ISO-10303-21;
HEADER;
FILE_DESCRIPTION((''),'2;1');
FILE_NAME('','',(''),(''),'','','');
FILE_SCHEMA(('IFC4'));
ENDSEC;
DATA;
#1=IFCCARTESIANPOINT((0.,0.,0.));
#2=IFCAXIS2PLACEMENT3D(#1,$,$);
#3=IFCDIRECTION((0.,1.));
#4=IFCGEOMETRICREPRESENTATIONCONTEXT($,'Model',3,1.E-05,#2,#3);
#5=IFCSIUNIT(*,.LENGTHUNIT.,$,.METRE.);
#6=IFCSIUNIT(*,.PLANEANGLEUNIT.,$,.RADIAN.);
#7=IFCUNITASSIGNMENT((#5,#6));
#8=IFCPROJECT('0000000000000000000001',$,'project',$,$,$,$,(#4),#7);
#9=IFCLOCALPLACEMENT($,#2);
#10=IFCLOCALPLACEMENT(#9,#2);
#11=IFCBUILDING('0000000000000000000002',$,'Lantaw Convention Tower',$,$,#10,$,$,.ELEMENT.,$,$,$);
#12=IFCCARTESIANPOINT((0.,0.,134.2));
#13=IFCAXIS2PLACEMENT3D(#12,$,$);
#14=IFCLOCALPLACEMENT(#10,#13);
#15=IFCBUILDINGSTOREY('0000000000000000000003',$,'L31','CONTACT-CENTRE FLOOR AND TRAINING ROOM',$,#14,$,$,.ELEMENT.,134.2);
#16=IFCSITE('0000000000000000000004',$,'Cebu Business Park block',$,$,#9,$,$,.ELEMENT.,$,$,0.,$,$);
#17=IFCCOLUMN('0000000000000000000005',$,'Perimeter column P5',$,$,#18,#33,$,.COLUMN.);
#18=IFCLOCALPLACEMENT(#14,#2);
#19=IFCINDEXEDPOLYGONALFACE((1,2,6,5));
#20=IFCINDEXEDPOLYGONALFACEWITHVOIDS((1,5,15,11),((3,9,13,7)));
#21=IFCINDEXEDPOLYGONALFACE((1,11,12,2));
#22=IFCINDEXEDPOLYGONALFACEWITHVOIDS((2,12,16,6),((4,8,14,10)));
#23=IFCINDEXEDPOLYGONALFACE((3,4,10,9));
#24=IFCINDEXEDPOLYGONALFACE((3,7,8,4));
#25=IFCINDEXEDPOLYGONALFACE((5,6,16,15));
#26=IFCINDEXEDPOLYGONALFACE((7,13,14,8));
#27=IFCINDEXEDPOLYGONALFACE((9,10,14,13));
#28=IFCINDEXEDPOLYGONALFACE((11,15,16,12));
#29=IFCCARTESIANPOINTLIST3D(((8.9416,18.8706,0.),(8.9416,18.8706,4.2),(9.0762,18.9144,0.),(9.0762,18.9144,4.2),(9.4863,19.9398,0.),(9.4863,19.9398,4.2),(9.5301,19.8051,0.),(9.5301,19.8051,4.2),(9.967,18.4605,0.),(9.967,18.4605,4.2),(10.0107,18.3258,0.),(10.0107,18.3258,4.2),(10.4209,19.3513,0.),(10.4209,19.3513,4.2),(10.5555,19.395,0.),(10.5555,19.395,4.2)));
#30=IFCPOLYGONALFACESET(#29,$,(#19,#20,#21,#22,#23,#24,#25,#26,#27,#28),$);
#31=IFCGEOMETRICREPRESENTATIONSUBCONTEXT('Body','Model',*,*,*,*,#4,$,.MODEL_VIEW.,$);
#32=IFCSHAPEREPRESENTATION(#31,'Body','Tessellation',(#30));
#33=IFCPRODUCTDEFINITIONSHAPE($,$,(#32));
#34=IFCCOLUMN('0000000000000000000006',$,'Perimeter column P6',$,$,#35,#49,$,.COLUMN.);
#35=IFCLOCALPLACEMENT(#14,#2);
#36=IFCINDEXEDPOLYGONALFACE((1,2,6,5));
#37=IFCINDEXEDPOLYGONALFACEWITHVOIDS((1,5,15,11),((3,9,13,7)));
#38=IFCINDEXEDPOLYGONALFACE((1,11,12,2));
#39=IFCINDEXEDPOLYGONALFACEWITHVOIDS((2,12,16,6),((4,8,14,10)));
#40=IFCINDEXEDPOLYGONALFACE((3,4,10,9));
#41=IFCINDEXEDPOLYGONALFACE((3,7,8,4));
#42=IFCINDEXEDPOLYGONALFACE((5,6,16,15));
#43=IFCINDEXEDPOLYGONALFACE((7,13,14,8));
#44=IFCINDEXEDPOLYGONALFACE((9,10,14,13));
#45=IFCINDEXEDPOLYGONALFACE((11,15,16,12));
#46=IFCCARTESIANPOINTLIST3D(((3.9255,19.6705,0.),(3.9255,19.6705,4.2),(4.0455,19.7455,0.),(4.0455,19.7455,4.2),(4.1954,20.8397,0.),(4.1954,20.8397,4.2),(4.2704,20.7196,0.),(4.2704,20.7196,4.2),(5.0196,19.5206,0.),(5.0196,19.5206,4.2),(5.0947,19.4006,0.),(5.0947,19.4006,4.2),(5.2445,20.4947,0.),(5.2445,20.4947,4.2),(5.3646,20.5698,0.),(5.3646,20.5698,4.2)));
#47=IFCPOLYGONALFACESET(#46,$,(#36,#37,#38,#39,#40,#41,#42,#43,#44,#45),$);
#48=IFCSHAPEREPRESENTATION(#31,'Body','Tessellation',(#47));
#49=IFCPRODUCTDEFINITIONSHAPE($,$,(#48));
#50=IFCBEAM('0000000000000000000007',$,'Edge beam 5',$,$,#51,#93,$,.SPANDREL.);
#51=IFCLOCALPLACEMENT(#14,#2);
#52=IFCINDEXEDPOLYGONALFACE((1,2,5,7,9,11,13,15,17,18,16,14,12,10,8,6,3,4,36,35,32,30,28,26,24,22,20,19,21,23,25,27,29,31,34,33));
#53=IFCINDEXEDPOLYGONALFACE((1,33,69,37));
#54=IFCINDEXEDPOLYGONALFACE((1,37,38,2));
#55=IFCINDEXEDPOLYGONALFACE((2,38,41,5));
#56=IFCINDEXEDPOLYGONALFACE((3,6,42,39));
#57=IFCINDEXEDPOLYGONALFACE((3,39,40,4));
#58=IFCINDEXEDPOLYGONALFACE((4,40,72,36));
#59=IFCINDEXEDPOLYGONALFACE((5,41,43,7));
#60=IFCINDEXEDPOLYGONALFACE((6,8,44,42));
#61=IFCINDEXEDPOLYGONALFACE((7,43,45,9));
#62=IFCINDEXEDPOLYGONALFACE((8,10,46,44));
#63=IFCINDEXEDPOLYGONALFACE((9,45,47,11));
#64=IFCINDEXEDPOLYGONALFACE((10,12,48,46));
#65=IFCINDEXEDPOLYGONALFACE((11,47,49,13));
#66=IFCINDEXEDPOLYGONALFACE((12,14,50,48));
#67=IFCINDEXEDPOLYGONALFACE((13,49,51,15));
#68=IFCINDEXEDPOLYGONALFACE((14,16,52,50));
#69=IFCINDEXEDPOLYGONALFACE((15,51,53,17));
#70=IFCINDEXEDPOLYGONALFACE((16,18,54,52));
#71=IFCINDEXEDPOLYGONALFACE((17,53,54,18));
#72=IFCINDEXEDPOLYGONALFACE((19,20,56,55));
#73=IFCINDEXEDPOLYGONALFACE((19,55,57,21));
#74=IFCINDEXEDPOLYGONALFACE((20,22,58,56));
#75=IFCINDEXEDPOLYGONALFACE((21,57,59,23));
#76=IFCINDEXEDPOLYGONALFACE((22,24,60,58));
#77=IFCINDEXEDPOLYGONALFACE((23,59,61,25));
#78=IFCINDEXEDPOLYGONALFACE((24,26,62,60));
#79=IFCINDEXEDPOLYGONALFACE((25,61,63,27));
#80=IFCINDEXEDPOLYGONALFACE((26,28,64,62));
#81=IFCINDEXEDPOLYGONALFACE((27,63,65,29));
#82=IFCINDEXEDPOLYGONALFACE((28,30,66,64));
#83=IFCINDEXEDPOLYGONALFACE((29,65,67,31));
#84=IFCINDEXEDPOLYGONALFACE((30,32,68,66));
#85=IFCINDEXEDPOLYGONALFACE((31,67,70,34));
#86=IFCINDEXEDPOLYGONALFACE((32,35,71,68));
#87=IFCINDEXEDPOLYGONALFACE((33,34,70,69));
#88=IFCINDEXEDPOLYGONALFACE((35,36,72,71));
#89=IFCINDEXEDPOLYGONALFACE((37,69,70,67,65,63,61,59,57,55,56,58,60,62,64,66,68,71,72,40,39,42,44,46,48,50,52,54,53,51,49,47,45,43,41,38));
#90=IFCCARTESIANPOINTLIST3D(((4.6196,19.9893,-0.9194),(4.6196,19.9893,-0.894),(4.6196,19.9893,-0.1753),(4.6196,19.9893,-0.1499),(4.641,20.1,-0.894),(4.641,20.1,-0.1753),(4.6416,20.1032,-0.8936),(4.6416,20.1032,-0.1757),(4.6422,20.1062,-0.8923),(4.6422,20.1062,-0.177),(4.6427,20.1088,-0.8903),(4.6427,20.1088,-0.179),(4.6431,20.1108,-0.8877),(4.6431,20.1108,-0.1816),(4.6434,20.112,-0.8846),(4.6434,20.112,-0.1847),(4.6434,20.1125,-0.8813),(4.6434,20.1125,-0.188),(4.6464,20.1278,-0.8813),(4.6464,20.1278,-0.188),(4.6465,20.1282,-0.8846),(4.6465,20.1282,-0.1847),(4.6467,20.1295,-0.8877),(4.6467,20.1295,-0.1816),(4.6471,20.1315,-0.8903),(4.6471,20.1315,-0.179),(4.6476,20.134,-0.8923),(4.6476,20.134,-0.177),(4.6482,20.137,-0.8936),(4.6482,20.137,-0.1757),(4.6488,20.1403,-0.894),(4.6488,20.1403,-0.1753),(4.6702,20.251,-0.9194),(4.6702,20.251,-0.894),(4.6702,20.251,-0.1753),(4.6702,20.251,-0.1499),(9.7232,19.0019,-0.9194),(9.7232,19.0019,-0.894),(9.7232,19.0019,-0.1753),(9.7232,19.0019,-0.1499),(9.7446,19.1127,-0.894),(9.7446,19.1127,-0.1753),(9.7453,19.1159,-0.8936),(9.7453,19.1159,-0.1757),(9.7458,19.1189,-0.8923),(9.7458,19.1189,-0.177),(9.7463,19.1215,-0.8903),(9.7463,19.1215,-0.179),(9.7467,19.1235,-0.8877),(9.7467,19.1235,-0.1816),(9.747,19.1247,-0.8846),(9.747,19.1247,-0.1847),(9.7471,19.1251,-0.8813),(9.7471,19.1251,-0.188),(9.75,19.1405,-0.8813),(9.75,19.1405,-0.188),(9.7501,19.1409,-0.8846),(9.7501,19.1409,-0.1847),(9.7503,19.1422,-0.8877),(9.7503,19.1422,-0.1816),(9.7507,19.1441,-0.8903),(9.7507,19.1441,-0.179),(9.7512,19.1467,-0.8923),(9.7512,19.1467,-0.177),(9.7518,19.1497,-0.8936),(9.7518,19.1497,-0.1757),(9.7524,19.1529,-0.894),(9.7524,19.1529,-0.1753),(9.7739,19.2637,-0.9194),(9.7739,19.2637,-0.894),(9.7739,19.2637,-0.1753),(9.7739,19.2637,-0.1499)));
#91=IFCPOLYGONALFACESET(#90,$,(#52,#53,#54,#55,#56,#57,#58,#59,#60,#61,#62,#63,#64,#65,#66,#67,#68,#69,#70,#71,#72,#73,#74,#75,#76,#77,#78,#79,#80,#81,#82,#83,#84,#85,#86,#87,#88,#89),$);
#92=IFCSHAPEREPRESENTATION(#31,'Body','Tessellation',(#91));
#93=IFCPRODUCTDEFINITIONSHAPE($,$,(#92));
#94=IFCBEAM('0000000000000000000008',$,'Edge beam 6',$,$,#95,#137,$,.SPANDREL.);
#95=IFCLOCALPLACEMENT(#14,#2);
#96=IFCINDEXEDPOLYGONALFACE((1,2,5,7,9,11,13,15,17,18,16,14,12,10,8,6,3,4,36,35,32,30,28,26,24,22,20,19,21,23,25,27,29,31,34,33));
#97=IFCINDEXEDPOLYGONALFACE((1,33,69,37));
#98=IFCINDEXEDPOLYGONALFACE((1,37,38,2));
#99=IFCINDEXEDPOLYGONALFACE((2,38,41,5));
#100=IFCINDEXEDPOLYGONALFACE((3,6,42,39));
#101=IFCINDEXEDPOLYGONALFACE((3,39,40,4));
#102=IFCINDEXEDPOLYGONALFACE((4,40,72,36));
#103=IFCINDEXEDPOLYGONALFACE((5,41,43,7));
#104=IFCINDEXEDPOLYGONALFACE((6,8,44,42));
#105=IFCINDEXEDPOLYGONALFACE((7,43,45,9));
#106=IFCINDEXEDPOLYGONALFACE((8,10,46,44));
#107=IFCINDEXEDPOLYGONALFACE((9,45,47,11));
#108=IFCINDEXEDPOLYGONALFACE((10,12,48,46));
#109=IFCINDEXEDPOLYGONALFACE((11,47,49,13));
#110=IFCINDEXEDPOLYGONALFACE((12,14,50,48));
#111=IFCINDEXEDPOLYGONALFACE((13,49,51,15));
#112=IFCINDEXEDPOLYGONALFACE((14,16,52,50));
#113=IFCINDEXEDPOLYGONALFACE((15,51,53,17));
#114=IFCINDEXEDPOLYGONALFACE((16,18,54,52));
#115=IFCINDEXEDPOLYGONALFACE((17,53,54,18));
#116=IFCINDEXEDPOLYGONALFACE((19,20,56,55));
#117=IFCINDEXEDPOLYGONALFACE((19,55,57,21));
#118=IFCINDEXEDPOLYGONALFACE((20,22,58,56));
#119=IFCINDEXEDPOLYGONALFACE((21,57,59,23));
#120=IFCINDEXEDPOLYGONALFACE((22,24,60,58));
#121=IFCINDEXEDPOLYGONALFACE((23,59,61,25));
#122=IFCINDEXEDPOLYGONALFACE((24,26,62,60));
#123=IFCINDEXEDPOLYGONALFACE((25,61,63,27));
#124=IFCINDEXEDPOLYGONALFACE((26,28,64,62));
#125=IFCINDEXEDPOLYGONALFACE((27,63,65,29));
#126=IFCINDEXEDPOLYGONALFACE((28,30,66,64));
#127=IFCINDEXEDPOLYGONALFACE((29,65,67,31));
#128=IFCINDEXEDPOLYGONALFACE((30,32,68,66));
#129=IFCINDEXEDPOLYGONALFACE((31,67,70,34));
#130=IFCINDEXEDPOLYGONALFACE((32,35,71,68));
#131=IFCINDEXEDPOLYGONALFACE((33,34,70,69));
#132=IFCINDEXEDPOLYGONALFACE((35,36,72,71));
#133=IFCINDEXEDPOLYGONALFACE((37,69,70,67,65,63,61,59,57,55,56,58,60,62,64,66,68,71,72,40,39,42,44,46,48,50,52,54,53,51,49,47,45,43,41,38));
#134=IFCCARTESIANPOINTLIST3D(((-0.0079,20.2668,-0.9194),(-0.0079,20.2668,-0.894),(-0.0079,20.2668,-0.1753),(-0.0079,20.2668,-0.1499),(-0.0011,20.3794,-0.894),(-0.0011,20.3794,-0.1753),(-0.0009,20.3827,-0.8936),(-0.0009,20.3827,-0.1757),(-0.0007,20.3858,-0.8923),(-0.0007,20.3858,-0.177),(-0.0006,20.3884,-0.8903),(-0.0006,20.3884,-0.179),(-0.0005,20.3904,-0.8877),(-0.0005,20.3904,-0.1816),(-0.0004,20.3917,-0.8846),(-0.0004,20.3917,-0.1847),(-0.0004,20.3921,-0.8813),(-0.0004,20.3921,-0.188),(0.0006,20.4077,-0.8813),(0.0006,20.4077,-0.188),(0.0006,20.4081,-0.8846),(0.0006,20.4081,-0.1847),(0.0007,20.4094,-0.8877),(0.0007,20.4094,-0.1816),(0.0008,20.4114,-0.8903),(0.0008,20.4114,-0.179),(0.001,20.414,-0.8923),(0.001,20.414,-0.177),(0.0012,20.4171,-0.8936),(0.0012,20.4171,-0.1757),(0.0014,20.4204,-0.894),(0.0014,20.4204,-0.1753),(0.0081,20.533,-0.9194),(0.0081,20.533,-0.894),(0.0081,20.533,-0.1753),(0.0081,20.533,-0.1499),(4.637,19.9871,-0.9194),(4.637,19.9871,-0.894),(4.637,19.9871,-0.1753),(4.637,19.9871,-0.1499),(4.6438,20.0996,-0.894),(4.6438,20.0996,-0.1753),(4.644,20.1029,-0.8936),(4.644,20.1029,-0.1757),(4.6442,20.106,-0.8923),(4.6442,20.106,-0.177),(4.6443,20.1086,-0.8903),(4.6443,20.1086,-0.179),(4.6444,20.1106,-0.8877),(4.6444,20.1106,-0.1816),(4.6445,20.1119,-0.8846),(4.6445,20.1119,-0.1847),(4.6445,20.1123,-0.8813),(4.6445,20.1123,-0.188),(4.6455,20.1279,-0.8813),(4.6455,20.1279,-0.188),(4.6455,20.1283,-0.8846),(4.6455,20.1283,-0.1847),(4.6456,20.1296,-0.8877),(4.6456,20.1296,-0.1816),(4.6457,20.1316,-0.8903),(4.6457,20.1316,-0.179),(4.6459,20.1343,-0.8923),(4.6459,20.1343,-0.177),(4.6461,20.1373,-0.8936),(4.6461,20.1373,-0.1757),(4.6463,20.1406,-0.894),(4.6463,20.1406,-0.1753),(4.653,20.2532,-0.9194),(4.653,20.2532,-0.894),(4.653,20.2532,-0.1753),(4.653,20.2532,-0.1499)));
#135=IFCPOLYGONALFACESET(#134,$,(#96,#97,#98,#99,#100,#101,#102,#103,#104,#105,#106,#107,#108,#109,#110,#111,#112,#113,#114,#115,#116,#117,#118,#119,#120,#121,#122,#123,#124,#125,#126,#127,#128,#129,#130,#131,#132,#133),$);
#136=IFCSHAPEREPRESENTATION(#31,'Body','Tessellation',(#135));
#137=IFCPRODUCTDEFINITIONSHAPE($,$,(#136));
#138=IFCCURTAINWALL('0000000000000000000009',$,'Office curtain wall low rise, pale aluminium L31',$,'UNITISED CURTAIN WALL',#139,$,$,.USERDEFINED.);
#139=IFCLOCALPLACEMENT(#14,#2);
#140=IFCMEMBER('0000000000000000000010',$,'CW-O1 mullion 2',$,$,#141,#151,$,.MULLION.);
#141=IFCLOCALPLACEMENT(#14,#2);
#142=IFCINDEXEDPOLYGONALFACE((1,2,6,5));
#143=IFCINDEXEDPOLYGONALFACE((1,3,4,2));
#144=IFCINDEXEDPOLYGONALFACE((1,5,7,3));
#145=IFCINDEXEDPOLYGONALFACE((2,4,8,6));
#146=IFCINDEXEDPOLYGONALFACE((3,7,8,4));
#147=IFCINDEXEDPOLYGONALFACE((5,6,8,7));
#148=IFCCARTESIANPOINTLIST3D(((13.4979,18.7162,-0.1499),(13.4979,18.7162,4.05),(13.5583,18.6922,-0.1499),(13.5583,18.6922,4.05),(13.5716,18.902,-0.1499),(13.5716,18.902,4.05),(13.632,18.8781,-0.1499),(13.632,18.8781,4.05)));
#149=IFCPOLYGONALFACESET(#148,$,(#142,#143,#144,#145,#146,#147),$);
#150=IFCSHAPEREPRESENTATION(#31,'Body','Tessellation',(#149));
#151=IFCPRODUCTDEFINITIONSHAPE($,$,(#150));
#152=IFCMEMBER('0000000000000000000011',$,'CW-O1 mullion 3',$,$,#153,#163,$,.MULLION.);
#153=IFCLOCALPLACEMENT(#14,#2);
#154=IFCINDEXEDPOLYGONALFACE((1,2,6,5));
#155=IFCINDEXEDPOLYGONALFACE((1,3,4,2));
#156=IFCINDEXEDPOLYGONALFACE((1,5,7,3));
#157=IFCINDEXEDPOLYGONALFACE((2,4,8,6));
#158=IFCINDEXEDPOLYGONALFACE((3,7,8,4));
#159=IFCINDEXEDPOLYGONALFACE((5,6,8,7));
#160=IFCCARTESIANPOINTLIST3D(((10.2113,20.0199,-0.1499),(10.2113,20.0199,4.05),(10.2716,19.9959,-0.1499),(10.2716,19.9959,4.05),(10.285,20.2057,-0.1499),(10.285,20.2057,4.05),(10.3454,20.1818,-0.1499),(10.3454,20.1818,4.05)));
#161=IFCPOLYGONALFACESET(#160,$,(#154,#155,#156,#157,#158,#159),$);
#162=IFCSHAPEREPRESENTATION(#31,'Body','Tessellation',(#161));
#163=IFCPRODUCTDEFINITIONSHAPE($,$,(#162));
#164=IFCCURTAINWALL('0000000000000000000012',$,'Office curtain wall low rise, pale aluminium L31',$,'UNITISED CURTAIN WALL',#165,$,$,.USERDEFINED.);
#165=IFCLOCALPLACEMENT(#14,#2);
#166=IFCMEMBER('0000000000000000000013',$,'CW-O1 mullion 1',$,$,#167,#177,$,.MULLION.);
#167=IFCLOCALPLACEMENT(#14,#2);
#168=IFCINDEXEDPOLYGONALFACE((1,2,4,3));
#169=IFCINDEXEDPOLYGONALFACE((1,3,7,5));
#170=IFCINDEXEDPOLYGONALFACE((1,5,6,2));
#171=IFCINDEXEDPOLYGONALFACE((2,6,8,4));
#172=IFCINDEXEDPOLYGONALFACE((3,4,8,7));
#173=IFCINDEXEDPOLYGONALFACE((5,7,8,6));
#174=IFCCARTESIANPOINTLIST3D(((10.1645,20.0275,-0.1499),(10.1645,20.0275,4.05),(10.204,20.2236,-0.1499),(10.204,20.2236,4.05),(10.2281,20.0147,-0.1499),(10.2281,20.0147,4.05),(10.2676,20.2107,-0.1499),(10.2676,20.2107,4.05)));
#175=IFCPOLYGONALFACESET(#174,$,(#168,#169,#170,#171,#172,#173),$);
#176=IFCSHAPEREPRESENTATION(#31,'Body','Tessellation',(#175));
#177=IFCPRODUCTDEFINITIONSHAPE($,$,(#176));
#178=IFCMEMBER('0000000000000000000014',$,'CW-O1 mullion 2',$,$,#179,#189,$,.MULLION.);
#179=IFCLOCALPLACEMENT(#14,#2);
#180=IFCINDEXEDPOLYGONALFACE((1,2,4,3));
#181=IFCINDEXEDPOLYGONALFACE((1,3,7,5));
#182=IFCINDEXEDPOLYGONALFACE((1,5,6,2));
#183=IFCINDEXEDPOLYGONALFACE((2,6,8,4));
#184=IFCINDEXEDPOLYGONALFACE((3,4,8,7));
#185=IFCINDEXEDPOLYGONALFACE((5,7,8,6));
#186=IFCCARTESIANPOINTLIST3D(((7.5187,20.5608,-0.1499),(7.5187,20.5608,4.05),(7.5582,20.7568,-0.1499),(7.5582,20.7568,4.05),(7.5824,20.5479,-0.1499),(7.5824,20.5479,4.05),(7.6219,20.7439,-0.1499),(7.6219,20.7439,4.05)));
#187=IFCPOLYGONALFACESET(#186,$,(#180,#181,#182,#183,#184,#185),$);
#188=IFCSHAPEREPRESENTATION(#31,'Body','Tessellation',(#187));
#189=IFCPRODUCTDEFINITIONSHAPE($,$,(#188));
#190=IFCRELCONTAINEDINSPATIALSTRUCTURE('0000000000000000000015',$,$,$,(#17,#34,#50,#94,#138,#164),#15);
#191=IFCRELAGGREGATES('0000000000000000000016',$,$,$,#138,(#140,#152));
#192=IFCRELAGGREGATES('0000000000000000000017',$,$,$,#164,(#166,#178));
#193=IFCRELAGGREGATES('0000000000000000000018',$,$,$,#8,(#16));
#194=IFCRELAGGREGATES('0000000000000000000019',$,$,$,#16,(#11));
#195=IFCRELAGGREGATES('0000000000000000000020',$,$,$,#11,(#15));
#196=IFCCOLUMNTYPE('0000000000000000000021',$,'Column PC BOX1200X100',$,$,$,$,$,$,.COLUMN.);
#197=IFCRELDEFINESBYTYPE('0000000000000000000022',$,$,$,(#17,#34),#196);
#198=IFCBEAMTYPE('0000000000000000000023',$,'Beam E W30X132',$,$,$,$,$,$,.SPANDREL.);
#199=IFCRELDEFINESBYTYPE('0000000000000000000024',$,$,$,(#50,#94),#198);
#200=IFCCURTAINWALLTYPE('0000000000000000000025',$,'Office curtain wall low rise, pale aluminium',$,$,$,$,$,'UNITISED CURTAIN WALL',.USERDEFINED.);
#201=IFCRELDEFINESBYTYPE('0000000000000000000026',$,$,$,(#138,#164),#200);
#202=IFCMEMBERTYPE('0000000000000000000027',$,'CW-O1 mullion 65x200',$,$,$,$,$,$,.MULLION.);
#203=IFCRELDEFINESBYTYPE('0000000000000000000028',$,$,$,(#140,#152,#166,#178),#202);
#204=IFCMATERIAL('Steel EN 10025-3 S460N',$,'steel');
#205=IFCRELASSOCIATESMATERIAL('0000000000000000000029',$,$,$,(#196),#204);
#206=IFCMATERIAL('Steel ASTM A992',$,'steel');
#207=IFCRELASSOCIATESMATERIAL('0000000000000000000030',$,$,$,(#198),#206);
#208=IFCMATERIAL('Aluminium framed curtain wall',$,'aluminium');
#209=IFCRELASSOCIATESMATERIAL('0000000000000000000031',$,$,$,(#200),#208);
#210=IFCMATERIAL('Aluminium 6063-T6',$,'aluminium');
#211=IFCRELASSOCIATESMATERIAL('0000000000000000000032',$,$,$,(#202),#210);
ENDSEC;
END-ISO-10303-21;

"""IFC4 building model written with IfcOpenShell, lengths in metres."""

from ifc_helpers import new_model, si_unit, direction, frame, origin, origin_2d, place, context, subcontext, project, spatial, rectangle, hollow_rectangle, i_section, extrude, material, material_profile, profile_set, type_object, element, aggregate, save


model = new_model("IFC4")

# Units and contexts
model_context = context("Model", 3, precision=1e-05, world=origin(), true_north=direction((0.0, 1.0)))
body_context = subcontext(model_context, "Body", "Model", "MODEL_VIEW")
ifc_project = project(units=[si_unit("LENGTHUNIT", "METRE"), si_unit("PLANEANGLEUNIT", "RADIAN")], contexts=[model_context])

# Site, building, storey
site_placement = place(None, origin())
site = spatial("IfcSite", under=ifc_project, at=site_placement, Name="Cebu Business Park block", CompositionType="ELEMENT", RefElevation=0.0)
building_placement = place(site_placement, origin())
building = spatial("IfcBuilding", under=site, at=building_placement, Name="Lantaw Convention Tower", CompositionType="ELEMENT")
storey_placement = place(building_placement, frame((0.0, 0.0, 134.2)))
storey = spatial("IfcBuildingStorey", under=building, at=storey_placement, Name="L31", Description="CONTACT-CENTRE FLOOR AND TRAINING ROOM", CompositionType="ELEMENT", Elevation=134.2)

# Columns
ifc_material_1 = material(Name="Steel EN 10025-3 S460N", Category="steel")
ifc_material_profile_1 = material_profile(ifc_material_1, hollow_rectangle(XDim=1.2, YDim=1.2, WallThickness=0.1001, at=origin_2d()), Name="BOX1200X100")
ifc_material_2 = material(Name="Concrete C60/75", Category="concrete")
ifc_material_profile_2 = material_profile(ifc_material_2, rectangle(XDim=1.0, YDim=1.0, at=origin_2d()), Name="Concrete fill of BOX1200X100")
ifc_profile_set_1 = profile_set([ifc_material_profile_1, ifc_material_profile_2], Name="Steel EN 10025-3 S460N")
column_type = type_object("IfcColumnType", Name="Column PC BOX1200X100", PredefinedType="COLUMN", material=ifc_profile_set_1)
for number, where, z_axis, x_axis, name in (
    (1, (9.7485, 19.1328, 0.0), (0.0, 0.0, 1.0), (0.45399, 0.891007, 0.0), "Perimeter column P5"),
    (2, (4.645, 20.1201, 0.0), (0.0, 0.0, 1.0), (0.224951, 0.97437, 0.0), "Perimeter column P6"),
):
    element("IfcColumn", number, at=place(storey_placement, frame(where, z_axis=z_axis, x_axis=x_axis)), inside=storey, type_object=column_type, Name=name, PredefinedType="COLUMN", context=body_context, shape_type="SweptSolid", body=[
        extrude(hollow_rectangle(XDim=1.2, YDim=1.2, WallThickness=0.1001, at=origin_2d()), origin(), (0.0, 0.0, 1.0), 4.2),
    ])

# Beams
ifc_material_3 = material(Name="Steel ASTM A992", Category="steel")
ifc_material_profile_3 = material_profile(ifc_material_3, i_section(OverallWidth=0.2666, OverallDepth=0.7695, WebThickness=0.0156, FlangeThickness=0.0254, FilletRadius=0.0127, at=origin_2d()), Name="W30X132")
ifc_profile_set_2 = profile_set([ifc_material_profile_3], Name="Steel ASTM A992")
beam_type = type_object("IfcBeamType", Name="Beam E W30X132", PredefinedType="SPANDREL", material=ifc_profile_set_2)
beam_1_placement = place(storey_placement, frame((9.7485, 19.1328, -0.5347), z_axis=(-0.981797, 0.189934, 0.0), x_axis=(-0.189934, -0.981797, 0.0)))
element("IfcBeam", 3, at=beam_1_placement, inside=storey, type_object=beam_type, Name="Edge beam 5", PredefinedType="SPANDREL", context=body_context, shape_type="SweptSolid", body=[
    extrude(i_section(OverallWidth=0.2666, OverallDepth=0.7695, WebThickness=0.0156, FlangeThickness=0.0254, FilletRadius=0.0127, at=origin_2d()), origin(), (0.0, 0.0, 1.0), 5.1982),
])
beam_2_placement = place(storey_placement, frame((4.645, 20.1201, -0.5347), z_axis=(-0.998191, 0.060124, 0.0), x_axis=(-0.060124, -0.998191, 0.0)))
element("IfcBeam", 4, at=beam_2_placement, inside=storey, type_object=beam_type, Name="Edge beam 6", PredefinedType="SPANDREL", context=body_context, shape_type="SweptSolid", body=[
    extrude(i_section(OverallWidth=0.2666, OverallDepth=0.7695, WebThickness=0.0156, FlangeThickness=0.0254, FilletRadius=0.0127, at=origin_2d()), origin(), (0.0, 0.0, 1.0), 4.6533),
])

# Curtain walls, members
ifc_material_4 = material(Name="Aluminium framed curtain wall", Category="aluminium")
curtain_wall_type = type_object("IfcCurtainWallType", Name="Office curtain wall low rise, pale aluminium", ElementType="UNITISED CURTAIN WALL", PredefinedType="USERDEFINED", material=ifc_material_4)
curtain_wall_1_placement = place(storey_placement, origin())
curtain_wall_1 = element("IfcCurtainWall", 5, at=curtain_wall_1_placement, inside=storey, type_object=curtain_wall_type, Name="Office curtain wall low rise, pale aluminium L31", ObjectType="UNITISED CURTAIN WALL", PredefinedType="USERDEFINED")
ifc_material_5 = material(Name="Aluminium 6063-T6", Category="aluminium")
ifc_material_profile_4 = material_profile(ifc_material_5, rectangle(XDim=0.2, YDim=0.0649, at=origin_2d()), Name="CW-O1 mullion 65x200")
ifc_profile_set_3 = profile_set([ifc_material_profile_4], Name="Aluminium 6063-T6")
member_type_1 = type_object("IfcMemberType", Name="CW-O1 mullion 65x200", PredefinedType="MULLION", material=ifc_profile_set_3)
member_1_placement = place(storey_placement, frame((13.5649, 18.7971, -0.1499), z_axis=(0.0, 0.0, 1.0), x_axis=(-0.368702, -0.929548, 0.0)))
member_1 = element("IfcMember", 6, at=member_1_placement, type_object=member_type_1, Name="CW-O1 mullion 2", PredefinedType="MULLION", context=body_context, shape_type="SweptSolid", body=[
    extrude(rectangle(XDim=0.2, YDim=0.0649, at=origin_2d()), origin(), (0.0, 0.0, 1.0), 4.2),
])
member_2_placement = place(storey_placement, frame((10.2783, 20.1008, -0.1499), z_axis=(0.0, 0.0, 1.0), x_axis=(-0.368702, -0.929548, 0.0)))
member_2 = element("IfcMember", 7, at=member_2_placement, type_object=member_type_1, Name="CW-O1 mullion 3", PredefinedType="MULLION", context=body_context, shape_type="SweptSolid", body=[
    extrude(rectangle(XDim=0.2, YDim=0.0649, at=origin_2d()), origin(), (0.0, 0.0, 1.0), 4.2),
])
curtain_wall_2_placement = place(storey_placement, origin())
curtain_wall_2 = element("IfcCurtainWall", 8, at=curtain_wall_2_placement, inside=storey, type_object=curtain_wall_type, Name="Office curtain wall low rise, pale aluminium L31", ObjectType="UNITISED CURTAIN WALL", PredefinedType="USERDEFINED")
member_3_placement = place(storey_placement, frame((10.2161, 20.1191, -0.1499), z_axis=(0.0, 0.0, 1.0), x_axis=(-0.197507, -0.980302, 0.0)))
member_3 = element("IfcMember", 9, at=member_3_placement, type_object=member_type_1, Name="CW-O1 mullion 1", PredefinedType="MULLION", context=body_context, shape_type="SweptSolid", body=[
    extrude(rectangle(XDim=0.2, YDim=0.0649, at=origin_2d()), origin(), (0.0, 0.0, 1.0), 4.2),
])
member_4_placement = place(storey_placement, frame((7.5703, 20.6523, -0.1499), z_axis=(0.0, 0.0, 1.0), x_axis=(-0.197507, -0.980302, 0.0)))
member_4 = element("IfcMember", 10, at=member_4_placement, type_object=member_type_1, Name="CW-O1 mullion 2", PredefinedType="MULLION", context=body_context, shape_type="SweptSolid", body=[
    extrude(rectangle(XDim=0.2, YDim=0.0649, at=origin_2d()), origin(), (0.0, 0.0, 1.0), 4.2),
])

aggregate(curtain_wall_1, [member_1, member_2])
aggregate(curtain_wall_2, [member_3, member_4])

save(model, "model.ifc")
